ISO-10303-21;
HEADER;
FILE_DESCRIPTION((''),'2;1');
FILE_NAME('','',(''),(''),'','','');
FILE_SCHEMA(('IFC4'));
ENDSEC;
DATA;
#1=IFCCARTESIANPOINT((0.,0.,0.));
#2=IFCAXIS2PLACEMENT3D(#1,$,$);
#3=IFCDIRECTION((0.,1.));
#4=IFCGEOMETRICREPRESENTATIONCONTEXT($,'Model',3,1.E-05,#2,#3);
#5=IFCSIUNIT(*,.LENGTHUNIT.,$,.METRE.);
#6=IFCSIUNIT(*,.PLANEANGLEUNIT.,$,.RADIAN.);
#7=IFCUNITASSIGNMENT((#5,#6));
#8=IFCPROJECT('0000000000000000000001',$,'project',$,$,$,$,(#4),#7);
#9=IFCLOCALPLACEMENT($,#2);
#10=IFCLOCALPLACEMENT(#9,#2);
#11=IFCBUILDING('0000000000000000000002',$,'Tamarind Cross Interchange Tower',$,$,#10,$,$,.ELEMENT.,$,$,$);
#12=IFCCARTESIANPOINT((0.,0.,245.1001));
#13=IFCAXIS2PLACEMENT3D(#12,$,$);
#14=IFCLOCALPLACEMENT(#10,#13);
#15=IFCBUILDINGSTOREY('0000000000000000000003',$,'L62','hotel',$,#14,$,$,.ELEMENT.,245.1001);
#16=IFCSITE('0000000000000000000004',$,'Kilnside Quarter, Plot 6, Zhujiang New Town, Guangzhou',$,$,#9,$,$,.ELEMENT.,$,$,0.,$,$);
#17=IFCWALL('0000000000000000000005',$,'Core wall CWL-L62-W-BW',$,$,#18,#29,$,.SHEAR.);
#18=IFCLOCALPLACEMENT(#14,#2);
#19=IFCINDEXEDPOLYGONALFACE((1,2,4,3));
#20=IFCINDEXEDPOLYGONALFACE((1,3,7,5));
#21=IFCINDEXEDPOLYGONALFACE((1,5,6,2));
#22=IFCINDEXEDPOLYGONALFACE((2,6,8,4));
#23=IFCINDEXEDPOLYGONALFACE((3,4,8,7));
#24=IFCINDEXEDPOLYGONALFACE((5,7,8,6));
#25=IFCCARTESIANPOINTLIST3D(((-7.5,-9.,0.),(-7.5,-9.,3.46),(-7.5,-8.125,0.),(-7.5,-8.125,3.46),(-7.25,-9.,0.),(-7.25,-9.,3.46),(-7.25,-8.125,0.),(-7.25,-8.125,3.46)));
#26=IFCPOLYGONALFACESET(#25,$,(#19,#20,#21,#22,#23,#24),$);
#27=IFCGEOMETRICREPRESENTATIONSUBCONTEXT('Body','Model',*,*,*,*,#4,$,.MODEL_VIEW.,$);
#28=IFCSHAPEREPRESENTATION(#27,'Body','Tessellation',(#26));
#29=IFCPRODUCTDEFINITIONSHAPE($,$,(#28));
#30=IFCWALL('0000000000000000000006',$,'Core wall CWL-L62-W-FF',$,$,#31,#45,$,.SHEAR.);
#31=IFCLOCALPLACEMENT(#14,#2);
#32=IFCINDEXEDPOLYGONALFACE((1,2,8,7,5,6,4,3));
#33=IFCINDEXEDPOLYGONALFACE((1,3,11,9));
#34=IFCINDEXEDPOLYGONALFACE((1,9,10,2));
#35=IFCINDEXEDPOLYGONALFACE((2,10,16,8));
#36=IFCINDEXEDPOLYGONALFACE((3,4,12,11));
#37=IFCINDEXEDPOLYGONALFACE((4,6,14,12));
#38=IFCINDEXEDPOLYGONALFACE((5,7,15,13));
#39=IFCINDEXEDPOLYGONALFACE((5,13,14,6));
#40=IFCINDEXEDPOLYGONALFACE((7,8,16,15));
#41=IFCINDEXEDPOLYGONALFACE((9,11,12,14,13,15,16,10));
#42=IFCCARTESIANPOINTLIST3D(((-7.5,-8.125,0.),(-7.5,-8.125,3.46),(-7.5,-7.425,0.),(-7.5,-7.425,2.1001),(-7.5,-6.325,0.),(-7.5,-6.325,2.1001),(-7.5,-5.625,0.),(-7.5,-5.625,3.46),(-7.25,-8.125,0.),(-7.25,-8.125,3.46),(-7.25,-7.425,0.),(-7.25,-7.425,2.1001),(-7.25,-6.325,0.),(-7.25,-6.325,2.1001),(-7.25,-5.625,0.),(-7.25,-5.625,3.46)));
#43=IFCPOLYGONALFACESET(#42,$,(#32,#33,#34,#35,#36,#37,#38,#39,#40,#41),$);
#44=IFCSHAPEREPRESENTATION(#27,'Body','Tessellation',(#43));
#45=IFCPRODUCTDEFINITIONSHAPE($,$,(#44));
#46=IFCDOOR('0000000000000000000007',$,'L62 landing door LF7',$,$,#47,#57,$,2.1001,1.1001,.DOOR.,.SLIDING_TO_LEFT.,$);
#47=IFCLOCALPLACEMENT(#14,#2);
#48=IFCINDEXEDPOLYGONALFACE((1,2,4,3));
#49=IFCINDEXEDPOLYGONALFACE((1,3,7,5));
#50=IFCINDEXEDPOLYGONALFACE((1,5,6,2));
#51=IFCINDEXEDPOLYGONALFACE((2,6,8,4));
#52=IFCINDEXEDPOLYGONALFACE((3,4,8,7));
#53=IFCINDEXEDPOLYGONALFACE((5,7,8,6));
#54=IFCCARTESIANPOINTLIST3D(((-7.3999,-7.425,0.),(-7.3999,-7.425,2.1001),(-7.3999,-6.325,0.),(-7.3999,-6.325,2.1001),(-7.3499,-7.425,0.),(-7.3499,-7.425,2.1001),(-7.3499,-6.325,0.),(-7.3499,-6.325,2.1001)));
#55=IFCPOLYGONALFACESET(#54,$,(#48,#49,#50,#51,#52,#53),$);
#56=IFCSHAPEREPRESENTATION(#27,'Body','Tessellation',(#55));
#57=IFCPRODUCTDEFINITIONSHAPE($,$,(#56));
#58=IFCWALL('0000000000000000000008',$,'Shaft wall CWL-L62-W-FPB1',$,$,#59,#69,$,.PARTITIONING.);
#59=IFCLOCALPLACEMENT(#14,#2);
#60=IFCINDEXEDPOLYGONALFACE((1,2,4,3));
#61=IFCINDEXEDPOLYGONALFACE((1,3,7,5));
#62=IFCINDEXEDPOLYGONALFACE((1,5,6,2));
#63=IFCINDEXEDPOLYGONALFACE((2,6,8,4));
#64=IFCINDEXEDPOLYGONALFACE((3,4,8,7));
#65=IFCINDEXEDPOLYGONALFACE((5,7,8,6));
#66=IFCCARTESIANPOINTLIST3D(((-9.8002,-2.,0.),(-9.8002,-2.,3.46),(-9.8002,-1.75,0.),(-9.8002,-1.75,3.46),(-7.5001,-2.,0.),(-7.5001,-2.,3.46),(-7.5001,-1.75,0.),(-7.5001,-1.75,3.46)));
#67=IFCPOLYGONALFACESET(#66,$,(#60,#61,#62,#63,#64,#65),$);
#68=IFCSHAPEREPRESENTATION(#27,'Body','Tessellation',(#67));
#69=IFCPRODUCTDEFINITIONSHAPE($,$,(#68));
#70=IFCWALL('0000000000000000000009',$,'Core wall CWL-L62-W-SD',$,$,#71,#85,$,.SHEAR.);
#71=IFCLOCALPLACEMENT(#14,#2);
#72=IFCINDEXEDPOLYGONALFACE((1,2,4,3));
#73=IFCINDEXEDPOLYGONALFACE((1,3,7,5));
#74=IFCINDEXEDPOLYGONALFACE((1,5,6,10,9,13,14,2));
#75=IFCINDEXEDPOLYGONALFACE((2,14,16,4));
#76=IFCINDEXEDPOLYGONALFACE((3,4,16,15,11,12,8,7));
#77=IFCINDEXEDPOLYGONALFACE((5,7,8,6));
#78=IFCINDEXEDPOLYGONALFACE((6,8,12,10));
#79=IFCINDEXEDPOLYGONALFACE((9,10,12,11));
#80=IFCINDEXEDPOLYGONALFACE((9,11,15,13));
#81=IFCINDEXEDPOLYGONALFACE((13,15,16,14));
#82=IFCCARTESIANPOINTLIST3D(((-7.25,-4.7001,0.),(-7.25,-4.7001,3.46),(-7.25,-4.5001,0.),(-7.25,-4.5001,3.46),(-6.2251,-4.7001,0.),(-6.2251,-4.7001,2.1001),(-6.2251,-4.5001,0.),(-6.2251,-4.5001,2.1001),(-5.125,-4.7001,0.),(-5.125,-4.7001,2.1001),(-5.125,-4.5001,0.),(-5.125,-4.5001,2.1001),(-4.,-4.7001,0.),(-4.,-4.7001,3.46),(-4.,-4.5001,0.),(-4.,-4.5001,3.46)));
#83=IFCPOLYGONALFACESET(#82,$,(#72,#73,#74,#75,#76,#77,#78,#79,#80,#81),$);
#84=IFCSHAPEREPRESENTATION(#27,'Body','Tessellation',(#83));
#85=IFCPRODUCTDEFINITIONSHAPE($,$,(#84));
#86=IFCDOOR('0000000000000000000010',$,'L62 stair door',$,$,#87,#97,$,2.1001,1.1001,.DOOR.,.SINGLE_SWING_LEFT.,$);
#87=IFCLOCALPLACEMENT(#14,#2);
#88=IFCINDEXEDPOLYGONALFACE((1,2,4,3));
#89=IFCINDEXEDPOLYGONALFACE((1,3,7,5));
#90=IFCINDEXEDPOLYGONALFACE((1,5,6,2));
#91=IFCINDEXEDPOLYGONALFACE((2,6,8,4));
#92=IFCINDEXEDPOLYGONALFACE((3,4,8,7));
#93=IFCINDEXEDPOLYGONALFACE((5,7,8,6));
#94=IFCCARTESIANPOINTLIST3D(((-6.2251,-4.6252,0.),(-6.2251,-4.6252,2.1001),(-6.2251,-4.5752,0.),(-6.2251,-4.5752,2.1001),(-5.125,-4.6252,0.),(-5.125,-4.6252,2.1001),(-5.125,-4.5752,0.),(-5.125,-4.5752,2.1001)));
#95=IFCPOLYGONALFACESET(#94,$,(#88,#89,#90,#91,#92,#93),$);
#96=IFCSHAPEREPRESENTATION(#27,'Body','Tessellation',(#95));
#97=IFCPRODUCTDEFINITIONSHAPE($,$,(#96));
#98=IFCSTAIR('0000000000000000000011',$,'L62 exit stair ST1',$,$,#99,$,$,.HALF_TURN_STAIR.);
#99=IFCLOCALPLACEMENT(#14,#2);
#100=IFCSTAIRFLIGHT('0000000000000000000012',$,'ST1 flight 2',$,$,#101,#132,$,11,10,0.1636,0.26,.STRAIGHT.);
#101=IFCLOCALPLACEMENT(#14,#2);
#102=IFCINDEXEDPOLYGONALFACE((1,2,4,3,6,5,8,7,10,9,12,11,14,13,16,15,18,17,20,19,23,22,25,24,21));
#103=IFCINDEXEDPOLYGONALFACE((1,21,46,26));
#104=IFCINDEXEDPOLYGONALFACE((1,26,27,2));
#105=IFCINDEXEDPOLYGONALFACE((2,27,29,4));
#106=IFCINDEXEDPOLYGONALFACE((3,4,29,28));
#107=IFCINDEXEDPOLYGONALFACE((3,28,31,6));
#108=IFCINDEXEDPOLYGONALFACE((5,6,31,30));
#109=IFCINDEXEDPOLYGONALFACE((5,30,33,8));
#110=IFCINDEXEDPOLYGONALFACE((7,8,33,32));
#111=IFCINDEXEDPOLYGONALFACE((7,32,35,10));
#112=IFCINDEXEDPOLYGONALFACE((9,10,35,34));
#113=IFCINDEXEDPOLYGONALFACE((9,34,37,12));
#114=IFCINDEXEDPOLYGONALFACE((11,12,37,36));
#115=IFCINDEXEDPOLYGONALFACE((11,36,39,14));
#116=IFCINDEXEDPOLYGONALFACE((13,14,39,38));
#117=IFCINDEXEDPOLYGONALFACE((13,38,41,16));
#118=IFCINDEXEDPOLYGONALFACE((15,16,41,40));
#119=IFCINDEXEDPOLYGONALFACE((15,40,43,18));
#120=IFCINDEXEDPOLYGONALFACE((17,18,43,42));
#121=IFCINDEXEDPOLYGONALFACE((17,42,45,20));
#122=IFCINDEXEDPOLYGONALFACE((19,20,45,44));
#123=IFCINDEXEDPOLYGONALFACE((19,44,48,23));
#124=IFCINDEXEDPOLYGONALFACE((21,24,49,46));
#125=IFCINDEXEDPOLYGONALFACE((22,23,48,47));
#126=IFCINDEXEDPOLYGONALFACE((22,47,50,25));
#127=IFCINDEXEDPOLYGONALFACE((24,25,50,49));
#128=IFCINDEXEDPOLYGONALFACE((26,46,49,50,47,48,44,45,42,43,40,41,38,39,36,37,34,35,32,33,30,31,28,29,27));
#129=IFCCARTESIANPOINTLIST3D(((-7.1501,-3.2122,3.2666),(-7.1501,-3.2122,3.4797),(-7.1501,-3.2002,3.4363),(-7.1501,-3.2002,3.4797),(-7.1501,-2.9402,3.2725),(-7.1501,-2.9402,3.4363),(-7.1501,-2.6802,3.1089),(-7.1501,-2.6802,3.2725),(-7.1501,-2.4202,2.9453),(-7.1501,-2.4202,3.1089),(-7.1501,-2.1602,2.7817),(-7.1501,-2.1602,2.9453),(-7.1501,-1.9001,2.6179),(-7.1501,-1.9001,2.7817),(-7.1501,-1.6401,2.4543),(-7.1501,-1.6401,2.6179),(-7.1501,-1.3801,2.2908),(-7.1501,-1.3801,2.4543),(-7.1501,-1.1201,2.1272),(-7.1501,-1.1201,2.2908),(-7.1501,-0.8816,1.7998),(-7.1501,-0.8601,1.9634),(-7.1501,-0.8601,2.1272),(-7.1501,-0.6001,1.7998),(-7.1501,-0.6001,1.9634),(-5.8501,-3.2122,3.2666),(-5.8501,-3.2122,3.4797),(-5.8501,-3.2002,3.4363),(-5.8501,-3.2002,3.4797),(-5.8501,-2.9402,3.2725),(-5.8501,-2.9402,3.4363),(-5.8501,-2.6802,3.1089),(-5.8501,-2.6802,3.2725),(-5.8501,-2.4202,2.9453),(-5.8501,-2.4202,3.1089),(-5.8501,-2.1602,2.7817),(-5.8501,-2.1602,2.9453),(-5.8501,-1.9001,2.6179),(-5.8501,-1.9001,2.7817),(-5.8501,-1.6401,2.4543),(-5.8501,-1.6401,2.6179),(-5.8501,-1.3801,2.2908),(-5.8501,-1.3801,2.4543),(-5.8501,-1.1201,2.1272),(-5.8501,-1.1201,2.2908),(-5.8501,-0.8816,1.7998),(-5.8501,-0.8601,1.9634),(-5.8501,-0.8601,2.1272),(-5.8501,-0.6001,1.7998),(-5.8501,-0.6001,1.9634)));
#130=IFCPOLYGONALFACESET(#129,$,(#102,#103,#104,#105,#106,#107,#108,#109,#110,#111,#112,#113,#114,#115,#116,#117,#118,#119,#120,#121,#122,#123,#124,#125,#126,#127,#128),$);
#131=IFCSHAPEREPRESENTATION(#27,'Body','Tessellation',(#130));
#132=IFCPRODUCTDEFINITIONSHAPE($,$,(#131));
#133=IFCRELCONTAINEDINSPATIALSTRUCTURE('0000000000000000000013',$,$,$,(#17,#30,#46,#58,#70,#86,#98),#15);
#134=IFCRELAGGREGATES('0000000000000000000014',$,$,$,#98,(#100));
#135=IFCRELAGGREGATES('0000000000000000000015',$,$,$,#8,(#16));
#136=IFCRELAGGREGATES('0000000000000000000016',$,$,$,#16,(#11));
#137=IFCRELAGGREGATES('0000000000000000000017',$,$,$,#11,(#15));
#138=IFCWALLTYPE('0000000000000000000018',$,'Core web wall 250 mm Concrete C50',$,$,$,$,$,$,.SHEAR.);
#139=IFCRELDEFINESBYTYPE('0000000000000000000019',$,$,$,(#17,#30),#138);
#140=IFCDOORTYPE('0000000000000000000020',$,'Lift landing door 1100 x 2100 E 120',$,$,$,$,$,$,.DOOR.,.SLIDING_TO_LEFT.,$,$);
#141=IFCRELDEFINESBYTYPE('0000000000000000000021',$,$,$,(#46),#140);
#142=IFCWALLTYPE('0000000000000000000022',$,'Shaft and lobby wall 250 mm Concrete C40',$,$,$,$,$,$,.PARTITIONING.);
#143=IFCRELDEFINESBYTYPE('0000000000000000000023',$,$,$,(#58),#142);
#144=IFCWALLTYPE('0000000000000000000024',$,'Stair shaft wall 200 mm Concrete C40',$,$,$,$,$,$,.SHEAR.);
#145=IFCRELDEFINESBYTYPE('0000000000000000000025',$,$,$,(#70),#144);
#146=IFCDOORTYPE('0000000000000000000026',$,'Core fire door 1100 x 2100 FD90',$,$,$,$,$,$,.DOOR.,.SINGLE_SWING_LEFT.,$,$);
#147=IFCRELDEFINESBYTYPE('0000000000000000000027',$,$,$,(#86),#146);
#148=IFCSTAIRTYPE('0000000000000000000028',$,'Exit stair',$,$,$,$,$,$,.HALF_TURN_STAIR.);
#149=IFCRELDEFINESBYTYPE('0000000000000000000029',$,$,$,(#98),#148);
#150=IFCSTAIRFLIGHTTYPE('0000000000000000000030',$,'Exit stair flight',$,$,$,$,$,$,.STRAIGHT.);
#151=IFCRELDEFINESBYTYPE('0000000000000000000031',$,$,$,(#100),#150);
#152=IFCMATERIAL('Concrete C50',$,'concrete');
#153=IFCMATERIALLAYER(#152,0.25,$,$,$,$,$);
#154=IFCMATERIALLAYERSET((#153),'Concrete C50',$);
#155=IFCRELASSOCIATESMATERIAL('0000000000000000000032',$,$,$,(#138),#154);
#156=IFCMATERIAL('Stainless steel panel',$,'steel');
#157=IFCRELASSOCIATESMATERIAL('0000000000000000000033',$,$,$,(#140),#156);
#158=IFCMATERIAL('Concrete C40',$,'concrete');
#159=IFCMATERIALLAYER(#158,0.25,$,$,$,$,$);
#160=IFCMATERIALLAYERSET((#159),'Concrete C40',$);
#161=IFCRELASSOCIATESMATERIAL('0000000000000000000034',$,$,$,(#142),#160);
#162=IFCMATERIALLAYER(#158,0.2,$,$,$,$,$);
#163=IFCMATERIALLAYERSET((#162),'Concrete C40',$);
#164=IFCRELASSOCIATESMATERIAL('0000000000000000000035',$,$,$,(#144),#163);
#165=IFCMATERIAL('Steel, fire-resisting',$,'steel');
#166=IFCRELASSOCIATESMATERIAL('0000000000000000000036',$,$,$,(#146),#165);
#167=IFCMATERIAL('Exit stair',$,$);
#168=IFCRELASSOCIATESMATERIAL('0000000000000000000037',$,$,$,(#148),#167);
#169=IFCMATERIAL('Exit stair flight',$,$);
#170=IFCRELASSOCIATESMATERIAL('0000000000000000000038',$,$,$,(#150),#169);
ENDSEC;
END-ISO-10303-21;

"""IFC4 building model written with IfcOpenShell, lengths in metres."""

from ifc_helpers import new_model, si_unit, direction, frame, frame_2d, origin, place, context, subcontext, project, spatial, polyline, rectangle, outline, extrude, material, layer, layer_set, type_object, element, fill, aggregate, save


model = new_model("IFC4")

# Units and contexts
model_context = context("Model", 3, precision=1e-05, world=origin(), true_north=direction((0.0, 1.0)))
body_context = subcontext(model_context, "Body", "Model", "MODEL_VIEW")
ifc_project = project(units=[si_unit("LENGTHUNIT", "METRE"), si_unit("PLANEANGLEUNIT", "RADIAN")], contexts=[model_context])

# Site, building, storey
site_placement = place(None, origin())
site = spatial("IfcSite", under=ifc_project, at=site_placement, Name="Kilnside Quarter, Plot 6, Zhujiang New Town, Guangzhou", CompositionType="ELEMENT", RefElevation=0.0)
building_placement = place(site_placement, origin())
building = spatial("IfcBuilding", under=site, at=building_placement, Name="Tamarind Cross Interchange Tower", CompositionType="ELEMENT")
storey_placement = place(building_placement, frame((0.0, 0.0, 245.1001)))
storey = spatial("IfcBuildingStorey", under=building, at=storey_placement, Name="L62", Description="hotel", CompositionType="ELEMENT", Elevation=245.1001)

# Wall
ifc_material_1 = material(Name="Concrete C50", Category="concrete")
ifc_layer_1 = layer(ifc_material_1, 0.25)
ifc_layer_set_1 = layer_set([ifc_layer_1], Name="Concrete C50")
wall_type_1 = type_object("IfcWallType", Name="Core web wall 250 mm Concrete C50", PredefinedType="SHEAR", material=ifc_layer_set_1)
wall_1_placement = place(storey_placement, frame((-7.375, -9.0, 0.0), z_axis=(0.0, 0.0, 1.0), x_axis=(0.0, 1.0, 0.0)))
element("IfcWall", 1, at=wall_1_placement, inside=storey, type_object=wall_type_1, Name="Core wall CWL-L62-W-BW", PredefinedType="SHEAR", context=body_context, shape_type="SweptSolid", body=[
    extrude(rectangle(XDim=0.875, YDim=0.25, at=frame_2d((0.4375, 0.0))), origin(), (0.0, 0.0, 1.0), 3.46),
])

# Wall, opening, door
wall_2_placement = place(storey_placement, frame((-7.375, -8.125, 0.0), z_axis=(0.0, 0.0, 1.0), x_axis=(0.0, 1.0, 0.0)))
wall_2 = element("IfcWall", 2, at=wall_2_placement, inside=storey, type_object=wall_type_1, Name="Core wall CWL-L62-W-FF", PredefinedType="SHEAR", context=body_context, shape_type="SweptSolid", body=[
    extrude(rectangle(XDim=2.5, YDim=0.25, at=frame_2d((1.25, 0.0))), origin(), (0.0, 0.0, 1.0), 3.46),
])
opening_1_placement = place(wall_2_placement, frame((0.7, 0.0, 0.0)))
opening_1 = element("IfcOpeningElement", 3, at=opening_1_placement, cuts=wall_2, PredefinedType="OPENING", context=body_context, shape_type="SweptSolid", body=[
    extrude(rectangle(XDim=1.1001, YDim=2.1001, at=frame_2d((0.55, 1.05))), frame((0.0, 0.135, 0.0), z_axis=(0.0, -1.0, 0.0), x_axis=(1.0, 0.0, 0.0)), (0.0, 0.0, 1.0), 0.27),
])
ifc_material_2 = material(Name="Stainless steel panel", Category="steel")
door_type_1 = type_object("IfcDoorType", Name="Lift landing door 1100 x 2100 E 120", OperationType="SLIDING_TO_LEFT", PredefinedType="DOOR", material=ifc_material_2)
door_1_placement = place(opening_1_placement, origin())
door_1 = element("IfcDoor", 4, at=door_1_placement, inside=storey, type_object=door_type_1, Name="L62 landing door LF7", OperationType="SLIDING_TO_LEFT", OverallHeight=2.1001, OverallWidth=1.1001, PredefinedType="DOOR", context=body_context, shape_type="SweptSolid", body=[
    extrude(rectangle(XDim=1.1001, YDim=2.1001, at=frame_2d((0.55, 1.05))), frame((0.0, 0.0249, 0.0), z_axis=(0.0, -1.0, 0.0), x_axis=(1.0, 0.0, 0.0)), (0.0, 0.0, 1.0), 0.05),
])
fill(opening_1, door_1)

# Wall
ifc_material_3 = material(Name="Concrete C40", Category="concrete")
ifc_layer_2 = layer(ifc_material_3, 0.25)
ifc_layer_set_2 = layer_set([ifc_layer_2], Name="Concrete C40")
wall_type_2 = type_object("IfcWallType", Name="Shaft and lobby wall 250 mm Concrete C40", PredefinedType="PARTITIONING", material=ifc_layer_set_2)
wall_3_placement = place(storey_placement, frame((-9.8, -1.875, 0.0), z_axis=(0.0, 0.0, 1.0), x_axis=(1.0, 0.0, 0.0)))
element("IfcWall", 5, at=wall_3_placement, inside=storey, type_object=wall_type_2, Name="Shaft wall CWL-L62-W-FPB1", PredefinedType="PARTITIONING", context=body_context, shape_type="SweptSolid", body=[
    extrude(rectangle(XDim=2.3, YDim=0.25, at=frame_2d((1.1499, 0.0))), origin(), (0.0, 0.0, 1.0), 3.46),
])

# Wall, opening, door
ifc_layer_3 = layer(ifc_material_3, 0.2)
ifc_layer_set_3 = layer_set([ifc_layer_3], Name="Concrete C40")
wall_type_3 = type_object("IfcWallType", Name="Stair shaft wall 200 mm Concrete C40", PredefinedType="SHEAR", material=ifc_layer_set_3)
wall_4_placement = place(storey_placement, frame((-7.25, -4.6001, 0.0), z_axis=(0.0, 0.0, 1.0), x_axis=(1.0, 0.0, 0.0)))
wall_4 = element("IfcWall", 6, at=wall_4_placement, inside=storey, type_object=wall_type_3, Name="Core wall CWL-L62-W-SD", PredefinedType="SHEAR", context=body_context, shape_type="SweptSolid", body=[
    extrude(rectangle(XDim=3.25, YDim=0.2, at=frame_2d((1.625, 0.0))), origin(), (0.0, 0.0, 1.0), 3.46),
])
opening_2_placement = place(wall_4_placement, frame((1.0249, 0.0, 0.0)))
opening_2 = element("IfcOpeningElement", 7, at=opening_2_placement, cuts=wall_4, PredefinedType="OPENING", context=body_context, shape_type="SweptSolid", body=[
    extrude(rectangle(XDim=1.1001, YDim=2.1001, at=frame_2d((0.55, 1.05))), frame((0.0, 0.1099, 0.0), z_axis=(0.0, -1.0, 0.0), x_axis=(1.0, 0.0, 0.0)), (0.0, 0.0, 1.0), 0.22),
])
ifc_material_4 = material(Name="Steel, fire-resisting", Category="steel")
door_type_2 = type_object("IfcDoorType", Name="Core fire door 1100 x 2100 FD90", OperationType="SINGLE_SWING_LEFT", PredefinedType="DOOR", material=ifc_material_4)
door_2_placement = place(opening_2_placement, origin())
door_2 = element("IfcDoor", 8, at=door_2_placement, inside=storey, type_object=door_type_2, Name="L62 stair door", OperationType="SINGLE_SWING_LEFT", OverallHeight=2.1001, OverallWidth=1.1001, PredefinedType="DOOR", context=body_context, shape_type="SweptSolid", body=[
    extrude(rectangle(XDim=1.1001, YDim=2.1001, at=frame_2d((0.55, 1.05))), frame((0.0, 0.0249, 0.0), z_axis=(0.0, -1.0, 0.0), x_axis=(1.0, 0.0, 0.0)), (0.0, 0.0, 1.0), 0.05),
])
fill(opening_2, door_2)

# Stair, stair flight
ifc_material_5 = material(Name="Exit stair")
stair_type = type_object("IfcStairType", Name="Exit stair", PredefinedType="HALF_TURN_STAIR", material=ifc_material_5)
stair_placement = place(storey_placement, origin())
stair = element("IfcStair", 9, at=stair_placement, inside=storey, type_object=stair_type, Name="L62 exit stair ST1", PredefinedType="HALF_TURN_STAIR")
ifc_material_6 = material(Name="Exit stair flight")
stair_flight_type = type_object("IfcStairFlightType", Name="Exit stair flight", PredefinedType="STRAIGHT", material=ifc_material_6)
stair_flight_placement = place(storey_placement, frame((-6.5, -0.6001, 1.7998), z_axis=(0.0, 0.0, 1.0), x_axis=(0.0, -1.0, 0.0)))
stair_flight = element("IfcStairFlight", 10, at=stair_flight_placement, type_object=stair_flight_type, Name="ST1 flight 2", NumberOfRisers=11, NumberOfTreads=10, PredefinedType="STRAIGHT", RiserHeight=0.1636, TreadLength=0.26, context=body_context, shape_type="SweptSolid", body=[
    extrude(outline(polyline([(0.0, 0.0), (0.0, 0.1636), (0.26, 0.1636), (0.26, 0.3274), (0.52, 0.3274), (0.52, 0.491), (0.78, 0.491), (0.78, 0.6545), (1.04, 0.6545), (1.04, 0.8181), (1.3, 0.8181), (1.3, 0.9819), (1.5601, 0.9819), (1.5601, 1.1455), (1.8201, 1.1455), (1.8201, 1.3091), (2.0801, 1.3091), (2.0801, 1.4727), (2.3401, 1.4727), (2.3401, 1.6365), (2.6001, 1.6365), (2.6001, 1.6799), (2.6121, 1.6799), (2.6121, 1.4668), (0.2815, 0.0), (0.0, 0.0)])), frame((0.0, 0.6499, 0.0), z_axis=(0.0, -1.0, 0.0), x_axis=(1.0, 0.0, 0.0)), (0.0, 0.0, 1.0), 1.3),
])
aggregate(stair, [stair_flight])

save(model, "model.ifc")
